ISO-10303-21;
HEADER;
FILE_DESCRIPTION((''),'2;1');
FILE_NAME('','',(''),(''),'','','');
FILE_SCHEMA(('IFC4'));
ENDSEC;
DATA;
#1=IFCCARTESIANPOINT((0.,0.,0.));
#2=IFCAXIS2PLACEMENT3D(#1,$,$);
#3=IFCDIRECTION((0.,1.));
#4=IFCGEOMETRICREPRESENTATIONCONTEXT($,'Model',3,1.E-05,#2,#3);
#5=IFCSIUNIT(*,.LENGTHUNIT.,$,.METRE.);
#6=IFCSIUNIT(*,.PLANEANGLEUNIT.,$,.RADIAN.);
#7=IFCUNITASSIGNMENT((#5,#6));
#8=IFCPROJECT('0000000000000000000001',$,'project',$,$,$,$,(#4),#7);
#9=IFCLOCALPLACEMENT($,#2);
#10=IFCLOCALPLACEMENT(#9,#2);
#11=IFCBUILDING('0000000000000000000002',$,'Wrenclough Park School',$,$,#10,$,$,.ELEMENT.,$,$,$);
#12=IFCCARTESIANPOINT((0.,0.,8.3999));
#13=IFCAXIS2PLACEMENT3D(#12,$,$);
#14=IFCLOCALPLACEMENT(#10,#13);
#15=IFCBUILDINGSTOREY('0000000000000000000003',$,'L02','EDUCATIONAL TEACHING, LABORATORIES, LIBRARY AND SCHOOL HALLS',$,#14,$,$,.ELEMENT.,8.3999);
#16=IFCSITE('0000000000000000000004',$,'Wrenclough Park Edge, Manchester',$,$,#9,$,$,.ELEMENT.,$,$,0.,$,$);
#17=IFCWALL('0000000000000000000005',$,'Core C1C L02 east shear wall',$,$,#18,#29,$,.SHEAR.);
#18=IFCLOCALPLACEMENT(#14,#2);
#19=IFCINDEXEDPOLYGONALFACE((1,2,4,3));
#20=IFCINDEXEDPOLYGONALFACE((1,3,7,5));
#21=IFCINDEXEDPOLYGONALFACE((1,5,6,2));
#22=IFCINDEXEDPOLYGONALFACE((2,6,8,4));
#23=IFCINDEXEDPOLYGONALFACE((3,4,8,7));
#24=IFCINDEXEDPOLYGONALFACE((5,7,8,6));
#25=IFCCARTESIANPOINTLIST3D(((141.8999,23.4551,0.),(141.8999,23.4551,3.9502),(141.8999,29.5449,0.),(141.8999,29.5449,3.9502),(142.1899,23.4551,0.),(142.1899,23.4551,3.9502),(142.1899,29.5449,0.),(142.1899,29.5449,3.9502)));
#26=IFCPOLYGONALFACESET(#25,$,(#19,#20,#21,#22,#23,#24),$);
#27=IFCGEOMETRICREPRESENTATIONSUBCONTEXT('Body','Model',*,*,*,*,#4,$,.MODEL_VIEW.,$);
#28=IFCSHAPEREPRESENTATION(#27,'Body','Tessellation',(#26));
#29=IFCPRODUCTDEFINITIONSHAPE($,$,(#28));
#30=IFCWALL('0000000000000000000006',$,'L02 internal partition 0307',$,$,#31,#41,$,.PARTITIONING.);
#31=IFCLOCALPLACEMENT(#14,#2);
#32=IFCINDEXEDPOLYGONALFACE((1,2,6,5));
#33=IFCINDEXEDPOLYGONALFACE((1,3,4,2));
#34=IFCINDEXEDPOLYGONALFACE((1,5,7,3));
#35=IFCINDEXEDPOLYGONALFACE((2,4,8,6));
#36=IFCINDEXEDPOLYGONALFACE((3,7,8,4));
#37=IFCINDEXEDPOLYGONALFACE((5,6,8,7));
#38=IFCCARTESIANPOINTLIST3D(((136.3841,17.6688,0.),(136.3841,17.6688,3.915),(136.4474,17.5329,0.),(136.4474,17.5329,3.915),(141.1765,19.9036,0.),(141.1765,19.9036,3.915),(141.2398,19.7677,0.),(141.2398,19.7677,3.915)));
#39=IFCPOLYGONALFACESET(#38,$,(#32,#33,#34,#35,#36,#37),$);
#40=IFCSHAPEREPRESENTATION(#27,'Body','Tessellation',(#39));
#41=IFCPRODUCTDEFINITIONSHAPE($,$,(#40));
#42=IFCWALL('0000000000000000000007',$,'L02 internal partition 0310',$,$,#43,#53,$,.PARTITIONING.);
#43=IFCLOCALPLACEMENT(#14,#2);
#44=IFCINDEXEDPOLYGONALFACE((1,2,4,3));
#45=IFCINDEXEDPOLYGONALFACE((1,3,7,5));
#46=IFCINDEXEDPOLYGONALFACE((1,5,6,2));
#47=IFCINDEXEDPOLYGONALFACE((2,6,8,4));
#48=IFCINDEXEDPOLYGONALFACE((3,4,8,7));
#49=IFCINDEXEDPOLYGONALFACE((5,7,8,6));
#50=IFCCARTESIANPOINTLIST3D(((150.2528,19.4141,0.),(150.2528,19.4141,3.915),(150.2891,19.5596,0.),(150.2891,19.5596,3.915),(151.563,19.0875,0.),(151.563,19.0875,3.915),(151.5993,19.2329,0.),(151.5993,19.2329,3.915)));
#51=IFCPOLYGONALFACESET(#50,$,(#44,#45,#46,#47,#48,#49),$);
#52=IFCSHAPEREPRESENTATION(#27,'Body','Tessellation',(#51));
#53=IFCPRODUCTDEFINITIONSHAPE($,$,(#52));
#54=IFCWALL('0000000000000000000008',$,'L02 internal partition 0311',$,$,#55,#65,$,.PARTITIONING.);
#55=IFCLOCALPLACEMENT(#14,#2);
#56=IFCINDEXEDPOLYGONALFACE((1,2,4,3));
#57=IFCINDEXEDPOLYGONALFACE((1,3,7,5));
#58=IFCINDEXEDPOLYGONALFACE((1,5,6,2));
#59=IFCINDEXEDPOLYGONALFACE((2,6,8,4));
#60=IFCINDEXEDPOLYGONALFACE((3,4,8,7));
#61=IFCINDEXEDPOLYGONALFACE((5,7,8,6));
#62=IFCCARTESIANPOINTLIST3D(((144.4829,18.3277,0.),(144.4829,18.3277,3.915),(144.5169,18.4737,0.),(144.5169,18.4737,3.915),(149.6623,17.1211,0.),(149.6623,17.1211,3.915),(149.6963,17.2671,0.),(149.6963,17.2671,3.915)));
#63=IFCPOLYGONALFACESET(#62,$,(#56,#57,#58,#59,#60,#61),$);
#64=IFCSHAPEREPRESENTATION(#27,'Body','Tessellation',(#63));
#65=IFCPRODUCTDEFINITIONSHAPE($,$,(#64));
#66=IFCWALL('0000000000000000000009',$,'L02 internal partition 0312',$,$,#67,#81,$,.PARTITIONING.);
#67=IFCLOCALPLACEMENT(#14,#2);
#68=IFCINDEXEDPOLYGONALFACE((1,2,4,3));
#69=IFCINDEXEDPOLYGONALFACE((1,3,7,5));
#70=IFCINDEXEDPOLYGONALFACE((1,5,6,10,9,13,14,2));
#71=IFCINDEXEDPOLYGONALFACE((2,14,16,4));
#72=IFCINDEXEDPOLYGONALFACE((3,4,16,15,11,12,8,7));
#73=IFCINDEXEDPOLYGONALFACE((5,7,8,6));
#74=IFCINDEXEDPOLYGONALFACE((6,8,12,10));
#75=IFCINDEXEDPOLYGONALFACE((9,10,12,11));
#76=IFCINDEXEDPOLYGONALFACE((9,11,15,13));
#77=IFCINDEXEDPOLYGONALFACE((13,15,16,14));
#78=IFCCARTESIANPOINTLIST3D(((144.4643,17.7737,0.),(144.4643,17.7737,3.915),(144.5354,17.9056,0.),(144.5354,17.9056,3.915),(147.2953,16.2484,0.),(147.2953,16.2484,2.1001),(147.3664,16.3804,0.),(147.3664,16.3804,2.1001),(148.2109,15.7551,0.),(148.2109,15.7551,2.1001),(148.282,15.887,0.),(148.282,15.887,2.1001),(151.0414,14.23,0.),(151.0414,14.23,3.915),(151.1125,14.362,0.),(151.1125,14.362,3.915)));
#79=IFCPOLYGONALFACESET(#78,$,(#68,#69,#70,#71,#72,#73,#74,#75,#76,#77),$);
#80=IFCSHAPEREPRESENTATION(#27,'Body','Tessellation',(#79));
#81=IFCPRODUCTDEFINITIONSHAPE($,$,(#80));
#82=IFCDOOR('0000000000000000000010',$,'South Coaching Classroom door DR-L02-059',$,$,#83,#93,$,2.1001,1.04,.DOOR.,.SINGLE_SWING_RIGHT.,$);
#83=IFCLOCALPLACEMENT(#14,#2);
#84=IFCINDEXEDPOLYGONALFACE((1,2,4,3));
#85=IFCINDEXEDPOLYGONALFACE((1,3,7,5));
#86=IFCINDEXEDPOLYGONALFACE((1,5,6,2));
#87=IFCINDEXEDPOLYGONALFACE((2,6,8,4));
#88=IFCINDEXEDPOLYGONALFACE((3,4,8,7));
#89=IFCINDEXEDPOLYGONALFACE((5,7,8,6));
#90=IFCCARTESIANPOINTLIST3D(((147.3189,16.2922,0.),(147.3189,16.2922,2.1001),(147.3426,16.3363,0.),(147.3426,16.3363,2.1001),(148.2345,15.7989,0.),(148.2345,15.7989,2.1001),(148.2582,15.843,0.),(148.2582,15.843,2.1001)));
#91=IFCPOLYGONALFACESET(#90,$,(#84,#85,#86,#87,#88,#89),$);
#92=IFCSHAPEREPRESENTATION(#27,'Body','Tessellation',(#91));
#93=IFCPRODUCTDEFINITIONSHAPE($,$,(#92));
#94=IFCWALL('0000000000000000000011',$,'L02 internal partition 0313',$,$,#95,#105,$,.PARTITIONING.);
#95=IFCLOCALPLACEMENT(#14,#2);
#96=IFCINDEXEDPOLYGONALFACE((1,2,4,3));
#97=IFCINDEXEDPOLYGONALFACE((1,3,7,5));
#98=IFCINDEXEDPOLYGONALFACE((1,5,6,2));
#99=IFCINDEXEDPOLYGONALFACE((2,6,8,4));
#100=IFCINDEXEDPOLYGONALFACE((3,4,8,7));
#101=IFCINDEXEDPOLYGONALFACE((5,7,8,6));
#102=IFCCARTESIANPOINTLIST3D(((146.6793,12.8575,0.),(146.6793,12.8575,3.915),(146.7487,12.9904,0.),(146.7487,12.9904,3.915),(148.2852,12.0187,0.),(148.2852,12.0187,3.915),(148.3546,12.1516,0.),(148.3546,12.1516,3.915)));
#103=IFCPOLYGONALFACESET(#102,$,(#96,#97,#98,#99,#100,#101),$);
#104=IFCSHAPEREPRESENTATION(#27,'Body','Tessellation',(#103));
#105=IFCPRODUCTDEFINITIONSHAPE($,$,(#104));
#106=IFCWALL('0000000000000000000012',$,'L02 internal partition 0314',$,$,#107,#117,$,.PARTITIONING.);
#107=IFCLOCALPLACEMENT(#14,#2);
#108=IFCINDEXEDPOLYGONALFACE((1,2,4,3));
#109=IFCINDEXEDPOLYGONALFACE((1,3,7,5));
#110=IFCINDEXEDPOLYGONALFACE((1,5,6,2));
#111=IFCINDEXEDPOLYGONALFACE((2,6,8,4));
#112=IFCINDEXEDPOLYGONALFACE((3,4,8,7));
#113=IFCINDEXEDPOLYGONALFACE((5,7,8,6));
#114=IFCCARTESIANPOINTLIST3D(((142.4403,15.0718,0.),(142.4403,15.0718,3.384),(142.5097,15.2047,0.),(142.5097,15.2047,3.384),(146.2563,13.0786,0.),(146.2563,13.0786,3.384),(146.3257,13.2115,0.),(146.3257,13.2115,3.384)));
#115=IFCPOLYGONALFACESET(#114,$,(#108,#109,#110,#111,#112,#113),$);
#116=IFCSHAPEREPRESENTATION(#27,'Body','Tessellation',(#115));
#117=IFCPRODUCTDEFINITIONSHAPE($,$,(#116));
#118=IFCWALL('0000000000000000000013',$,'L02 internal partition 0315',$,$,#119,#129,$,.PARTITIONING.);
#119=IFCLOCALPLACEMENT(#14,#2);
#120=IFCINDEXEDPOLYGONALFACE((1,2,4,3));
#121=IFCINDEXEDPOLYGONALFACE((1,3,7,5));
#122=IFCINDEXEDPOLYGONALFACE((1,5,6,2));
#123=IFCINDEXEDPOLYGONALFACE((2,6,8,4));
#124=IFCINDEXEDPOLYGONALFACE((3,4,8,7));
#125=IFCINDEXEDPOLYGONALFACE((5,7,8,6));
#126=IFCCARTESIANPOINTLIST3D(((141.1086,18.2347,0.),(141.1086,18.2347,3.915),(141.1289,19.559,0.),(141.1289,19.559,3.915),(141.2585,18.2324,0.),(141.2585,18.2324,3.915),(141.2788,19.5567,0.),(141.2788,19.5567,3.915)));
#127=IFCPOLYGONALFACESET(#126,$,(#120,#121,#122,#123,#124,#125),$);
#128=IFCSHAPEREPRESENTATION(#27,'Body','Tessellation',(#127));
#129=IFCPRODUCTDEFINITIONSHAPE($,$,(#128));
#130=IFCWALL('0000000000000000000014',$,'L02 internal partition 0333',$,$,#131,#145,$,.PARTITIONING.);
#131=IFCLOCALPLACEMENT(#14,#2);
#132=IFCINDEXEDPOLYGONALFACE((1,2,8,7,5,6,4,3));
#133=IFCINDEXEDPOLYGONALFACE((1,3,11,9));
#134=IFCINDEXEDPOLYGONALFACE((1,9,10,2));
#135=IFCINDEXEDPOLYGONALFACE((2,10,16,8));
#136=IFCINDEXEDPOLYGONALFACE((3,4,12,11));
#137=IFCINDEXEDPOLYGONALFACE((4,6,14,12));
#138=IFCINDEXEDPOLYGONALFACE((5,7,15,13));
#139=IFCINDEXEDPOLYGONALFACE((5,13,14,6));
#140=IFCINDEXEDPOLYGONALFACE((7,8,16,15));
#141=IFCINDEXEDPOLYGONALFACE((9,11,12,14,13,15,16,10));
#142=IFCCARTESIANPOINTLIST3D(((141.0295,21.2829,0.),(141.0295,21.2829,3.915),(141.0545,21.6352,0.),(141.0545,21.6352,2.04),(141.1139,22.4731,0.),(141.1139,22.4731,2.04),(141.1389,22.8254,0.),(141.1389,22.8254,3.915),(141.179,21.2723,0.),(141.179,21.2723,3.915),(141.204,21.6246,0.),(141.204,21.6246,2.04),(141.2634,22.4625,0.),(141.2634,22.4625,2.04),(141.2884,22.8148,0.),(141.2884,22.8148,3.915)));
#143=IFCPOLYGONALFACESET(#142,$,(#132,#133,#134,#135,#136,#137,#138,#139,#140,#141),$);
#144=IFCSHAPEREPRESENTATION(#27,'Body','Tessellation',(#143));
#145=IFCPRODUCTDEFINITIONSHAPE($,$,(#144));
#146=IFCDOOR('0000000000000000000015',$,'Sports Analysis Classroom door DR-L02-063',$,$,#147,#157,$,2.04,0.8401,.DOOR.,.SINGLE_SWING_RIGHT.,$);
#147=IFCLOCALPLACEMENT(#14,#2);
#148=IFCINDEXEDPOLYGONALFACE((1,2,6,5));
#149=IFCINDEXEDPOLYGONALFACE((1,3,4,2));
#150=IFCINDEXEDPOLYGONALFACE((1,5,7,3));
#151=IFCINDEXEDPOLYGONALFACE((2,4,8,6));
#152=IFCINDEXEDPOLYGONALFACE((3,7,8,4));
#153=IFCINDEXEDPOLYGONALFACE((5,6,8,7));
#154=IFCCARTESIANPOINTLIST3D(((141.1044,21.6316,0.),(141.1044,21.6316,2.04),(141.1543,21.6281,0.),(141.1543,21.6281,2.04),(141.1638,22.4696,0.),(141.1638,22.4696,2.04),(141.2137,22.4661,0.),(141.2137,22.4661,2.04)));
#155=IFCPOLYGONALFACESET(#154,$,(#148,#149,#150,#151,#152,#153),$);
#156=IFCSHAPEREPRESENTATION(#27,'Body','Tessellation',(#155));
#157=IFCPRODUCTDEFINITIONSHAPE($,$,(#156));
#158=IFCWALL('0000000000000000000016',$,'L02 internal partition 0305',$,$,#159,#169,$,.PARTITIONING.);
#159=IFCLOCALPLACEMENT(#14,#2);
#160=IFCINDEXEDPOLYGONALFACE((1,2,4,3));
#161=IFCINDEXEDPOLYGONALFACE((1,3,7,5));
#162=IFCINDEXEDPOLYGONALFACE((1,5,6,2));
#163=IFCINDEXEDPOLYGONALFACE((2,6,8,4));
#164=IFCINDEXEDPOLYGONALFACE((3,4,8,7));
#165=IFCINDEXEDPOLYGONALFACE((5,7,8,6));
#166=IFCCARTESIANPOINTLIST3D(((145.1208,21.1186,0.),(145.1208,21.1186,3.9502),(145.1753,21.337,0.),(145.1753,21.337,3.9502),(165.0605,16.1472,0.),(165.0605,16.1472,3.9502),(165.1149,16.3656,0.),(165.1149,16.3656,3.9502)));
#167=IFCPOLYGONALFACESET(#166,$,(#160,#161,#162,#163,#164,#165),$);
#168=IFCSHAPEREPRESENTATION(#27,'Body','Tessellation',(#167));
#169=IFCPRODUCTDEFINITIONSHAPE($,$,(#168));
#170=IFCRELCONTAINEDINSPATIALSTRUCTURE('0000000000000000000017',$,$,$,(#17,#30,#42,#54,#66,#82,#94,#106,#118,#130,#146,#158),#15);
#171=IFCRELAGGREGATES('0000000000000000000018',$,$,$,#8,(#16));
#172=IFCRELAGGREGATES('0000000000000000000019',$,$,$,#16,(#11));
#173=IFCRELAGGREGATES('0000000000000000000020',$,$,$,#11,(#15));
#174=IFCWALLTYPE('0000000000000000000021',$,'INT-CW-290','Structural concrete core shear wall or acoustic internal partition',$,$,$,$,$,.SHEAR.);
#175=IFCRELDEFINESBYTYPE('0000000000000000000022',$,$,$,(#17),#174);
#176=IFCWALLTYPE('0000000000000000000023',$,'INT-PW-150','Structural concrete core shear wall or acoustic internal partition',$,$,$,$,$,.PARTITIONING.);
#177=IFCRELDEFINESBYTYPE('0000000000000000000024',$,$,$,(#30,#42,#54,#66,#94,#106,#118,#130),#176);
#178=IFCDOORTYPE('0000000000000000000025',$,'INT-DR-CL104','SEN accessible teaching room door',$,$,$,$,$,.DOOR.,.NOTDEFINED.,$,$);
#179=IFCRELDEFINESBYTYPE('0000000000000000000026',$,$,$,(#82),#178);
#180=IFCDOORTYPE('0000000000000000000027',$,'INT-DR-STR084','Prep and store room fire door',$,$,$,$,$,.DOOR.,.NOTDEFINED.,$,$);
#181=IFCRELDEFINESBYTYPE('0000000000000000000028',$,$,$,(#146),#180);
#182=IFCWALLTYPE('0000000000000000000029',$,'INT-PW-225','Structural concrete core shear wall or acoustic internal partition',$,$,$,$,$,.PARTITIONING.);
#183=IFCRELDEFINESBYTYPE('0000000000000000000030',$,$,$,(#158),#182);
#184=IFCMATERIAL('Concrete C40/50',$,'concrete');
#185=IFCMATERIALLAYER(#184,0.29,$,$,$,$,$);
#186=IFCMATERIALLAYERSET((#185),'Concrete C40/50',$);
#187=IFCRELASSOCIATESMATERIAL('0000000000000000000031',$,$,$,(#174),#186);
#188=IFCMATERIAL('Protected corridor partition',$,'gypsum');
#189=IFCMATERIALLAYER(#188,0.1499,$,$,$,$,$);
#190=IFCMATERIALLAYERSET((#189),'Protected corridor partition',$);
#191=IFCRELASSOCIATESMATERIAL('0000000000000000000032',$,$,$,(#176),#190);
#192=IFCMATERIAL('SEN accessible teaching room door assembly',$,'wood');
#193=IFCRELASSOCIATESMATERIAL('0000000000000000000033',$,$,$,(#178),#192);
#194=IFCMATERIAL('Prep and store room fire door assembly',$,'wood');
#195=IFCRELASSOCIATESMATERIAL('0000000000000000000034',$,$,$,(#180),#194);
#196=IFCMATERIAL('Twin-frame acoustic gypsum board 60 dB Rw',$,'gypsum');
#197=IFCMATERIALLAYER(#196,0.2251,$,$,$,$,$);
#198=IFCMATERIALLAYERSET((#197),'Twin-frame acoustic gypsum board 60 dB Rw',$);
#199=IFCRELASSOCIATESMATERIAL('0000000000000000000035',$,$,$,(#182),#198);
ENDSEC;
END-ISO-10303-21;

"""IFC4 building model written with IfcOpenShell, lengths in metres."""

from ifc_helpers import new_model, si_unit, direction, frame, frame_2d, origin, place, context, subcontext, project, spatial, rectangle, extrude, material, layer, layer_set, type_object, element, fill, save


model = new_model("IFC4")

# Units and contexts
model_context = context("Model", 3, precision=1e-05, world=origin(), true_north=direction((0.0, 1.0)))
body_context = subcontext(model_context, "Body", "Model", "MODEL_VIEW")
ifc_project = project(units=[si_unit("LENGTHUNIT", "METRE"), si_unit("PLANEANGLEUNIT", "RADIAN")], contexts=[model_context])

# Site, building, storey
site_placement = place(None, origin())
site = spatial("IfcSite", under=ifc_project, at=site_placement, Name="Wrenclough Park Edge, Manchester", CompositionType="ELEMENT", RefElevation=0.0)
building_placement = place(site_placement, origin())
building = spatial("IfcBuilding", under=site, at=building_placement, Name="Wrenclough Park School", CompositionType="ELEMENT")
storey_placement = place(building_placement, frame((0.0, 0.0, 8.3999)))
storey = spatial("IfcBuildingStorey", under=building, at=storey_placement, Name="L02", Description="EDUCATIONAL TEACHING, LABORATORIES, LIBRARY AND SCHOOL HALLS", CompositionType="ELEMENT", Elevation=8.3999)

# Walls
ifc_material_1 = material(Name="Concrete C40/50", Category="concrete")
ifc_layer_1 = layer(ifc_material_1, 0.29)
ifc_layer_set_1 = layer_set([ifc_layer_1], Name="Concrete C40/50")
wall_type_1 = type_object("IfcWallType", Name="INT-CW-290", Description="Structural concrete core shear wall or acoustic internal partition", PredefinedType="SHEAR", material=ifc_layer_set_1)
wall_1_placement = place(storey_placement, frame((142.0449, 23.4551, 0.0), z_axis=(0.0, 0.0, 1.0), x_axis=(0.0, 1.0, 0.0)))
element("IfcWall", 1, at=wall_1_placement, inside=storey, type_object=wall_type_1, Name="Core C1C L02 east shear wall", PredefinedType="SHEAR", context=body_context, shape_type="SweptSolid", body=[
    extrude(rectangle(XDim=6.0898, YDim=0.29, at=frame_2d((3.0449, 0.0))), origin(), (0.0, 0.0, 1.0), 3.9502),
])
ifc_material_2 = material(Name="Protected corridor partition", Category="gypsum")
ifc_layer_2 = layer(ifc_material_2, 0.1499)
ifc_layer_set_2 = layer_set([ifc_layer_2], Name="Protected corridor partition")
wall_type_2 = type_object("IfcWallType", Name="INT-PW-150", Description="Structural concrete core shear wall or acoustic internal partition", PredefinedType="PARTITIONING", material=ifc_layer_set_2)
wall_2_placement = place(storey_placement, frame((141.2083, 19.8357, 0.0), z_axis=(0.0, 0.0, 1.0), x_axis=(-0.906301, -0.422633, 0.0)))
element("IfcWall", 2, at=wall_2_placement, inside=storey, type_object=wall_type_2, Name="L02 internal partition 0307", PredefinedType="PARTITIONING", context=body_context, shape_type="SweptSolid", body=[
    extrude(rectangle(XDim=5.2878, YDim=0.1499, at=frame_2d((2.644, 0.0))), origin(), (0.0, 0.0, 1.0), 3.915),
])
wall_3_placement = place(storey_placement, frame((151.5813, 19.1602, 0.0), z_axis=(0.0, 0.0, 1.0), x_axis=(-0.970302, 0.241897, 0.0)))
element("IfcWall", 3, at=wall_3_placement, inside=storey, type_object=wall_type_2, Name="L02 internal partition 0310", PredefinedType="PARTITIONING", context=body_context, shape_type="SweptSolid", body=[
    extrude(rectangle(XDim=1.3503, YDim=0.1499, at=frame_2d((0.6753, 0.0))), origin(), (0.0, 0.0, 1.0), 3.915),
])
wall_4_placement = place(storey_placement, frame((149.6794, 17.1941, 0.0), z_axis=(0.0, 0.0, 1.0), x_axis=(-0.973924, 0.226874, 0.0)))
element("IfcWall", 4, at=wall_4_placement, inside=storey, type_object=wall_type_2, Name="L02 internal partition 0311", PredefinedType="PARTITIONING", context=body_context, shape_type="SweptSolid", body=[
    extrude(rectangle(XDim=5.3181, YDim=0.1499, at=frame_2d((2.6592, 0.0))), origin(), (0.0, 0.0, 1.0), 3.915),
])

# Wall, opening, door
wall_5_placement = place(storey_placement, frame((144.5, 17.8396, 0.0), z_axis=(0.0, 0.0, 1.0), x_axis=(0.88035, -0.474324, 0.0)))
wall_5 = element("IfcWall", 5, at=wall_5_placement, inside=storey, type_object=wall_type_2, Name="L02 internal partition 0312", PredefinedType="PARTITIONING", context=body_context, shape_type="SweptSolid", body=[
    extrude(rectangle(XDim=7.4709, YDim=0.1499, at=frame_2d((3.7354, 0.0))), origin(), (0.0, 0.0, 1.0), 3.915),
])
opening_1_placement = place(wall_5_placement, frame((3.2156, 0.0, 0.0)))
opening_1 = element("IfcOpeningElement", 6, at=opening_1_placement, cuts=wall_5, PredefinedType="OPENING", context=body_context, shape_type="SweptSolid", body=[
    extrude(rectangle(XDim=1.04, YDim=2.1001, at=frame_2d((0.52, 1.05))), frame((0.0, 0.085, 0.0), z_axis=(0.0, -1.0, 0.0), x_axis=(1.0, 0.0, 0.0)), (0.0, 0.0, 1.0), 0.1699),
])
ifc_material_3 = material(Name="SEN accessible teaching room door assembly", Category="wood")
door_type_1 = type_object("IfcDoorType", Name="INT-DR-CL104", Description="SEN accessible teaching room door", OperationType="NOTDEFINED", PredefinedType="DOOR", material=ifc_material_3)
door_1_placement = place(opening_1_placement, origin())
door_1 = element("IfcDoor", 7, at=door_1_placement, inside=storey, type_object=door_type_1, Name="South Coaching Classroom door DR-L02-059", OperationType="SINGLE_SWING_RIGHT", OverallHeight=2.1001, OverallWidth=1.04, PredefinedType="DOOR", context=body_context, shape_type="SweptSolid", body=[
    extrude(rectangle(XDim=1.04, YDim=2.1001, at=frame_2d((0.52, 1.05))), frame((0.0, 0.0249, 0.0), z_axis=(0.0, -1.0, 0.0), x_axis=(1.0, 0.0, 0.0)), (0.0, 0.0, 1.0), 0.05),
])
fill(opening_1, door_1)

# Walls
wall_6_placement = place(storey_placement, frame((148.3198, 12.0852, 0.0), z_axis=(0.0, 0.0, 1.0), x_axis=(-0.886364, 0.46299, 0.0)))
element("IfcWall", 8, at=wall_6_placement, inside=storey, type_object=wall_type_2, Name="L02 internal partition 0313", PredefinedType="PARTITIONING", context=body_context, shape_type="SweptSolid", body=[
    extrude(rectangle(XDim=1.8118, YDim=0.1499, at=frame_2d((0.9058, 0.0))), origin(), (0.0, 0.0, 1.0), 3.915),
])
wall_7_placement = place(storey_placement, frame((146.291, 13.145, 0.0), z_axis=(0.0, 0.0, 1.0), x_axis=(-0.88637, 0.462977, 0.0)))
element("IfcWall", 9, at=wall_7_placement, inside=storey, type_object=wall_type_2, Name="L02 internal partition 0314", PredefinedType="PARTITIONING", context=body_context, shape_type="SweptSolid", body=[
    extrude(rectangle(XDim=4.3052, YDim=0.1499, at=frame_2d((2.1526, 0.0))), origin(), (0.0, 0.0, 1.0), 3.384),
])
wall_8_placement = place(storey_placement, frame((141.1836, 18.2336, 0.0), z_axis=(0.0, 0.0, 1.0), x_axis=(0.015301, 0.999883, 0.0)))
element("IfcWall", 10, at=wall_8_placement, inside=storey, type_object=wall_type_2, Name="L02 internal partition 0315", PredefinedType="PARTITIONING", context=body_context, shape_type="SweptSolid", body=[
    extrude(rectangle(XDim=1.3245, YDim=0.1499, at=frame_2d((0.6621, 0.0))), origin(), (0.0, 0.0, 1.0), 3.915),
])

# Wall, opening, door
wall_9_placement = place(storey_placement, frame((141.1042, 21.2776, 0.0), z_axis=(0.0, 0.0, 1.0), x_axis=(0.070731, 0.997495, 0.0)))
wall_9 = element("IfcWall", 11, at=wall_9_placement, inside=storey, type_object=wall_type_2, Name="L02 internal partition 0333", PredefinedType="PARTITIONING", context=body_context, shape_type="SweptSolid", body=[
    extrude(rectangle(XDim=1.5464, YDim=0.1499, at=frame_2d((0.7732, 0.0))), origin(), (0.0, 0.0, 1.0), 3.915),
])
opening_2_placement = place(wall_9_placement, frame((0.3533, 0.0, 0.0)))
opening_2 = element("IfcOpeningElement", 12, at=opening_2_placement, cuts=wall_9, PredefinedType="OPENING", context=body_context, shape_type="SweptSolid", body=[
    extrude(rectangle(XDim=0.8401, YDim=2.04, at=frame_2d((0.4199, 1.02))), frame((0.0, 0.085, 0.0), z_axis=(0.0, -1.0, 0.0), x_axis=(1.0, 0.0, 0.0)), (0.0, 0.0, 1.0), 0.1699),
])
ifc_material_4 = material(Name="Prep and store room fire door assembly", Category="wood")
door_type_2 = type_object("IfcDoorType", Name="INT-DR-STR084", Description="Prep and store room fire door", OperationType="NOTDEFINED", PredefinedType="DOOR", material=ifc_material_4)
door_2_placement = place(opening_2_placement, origin())
door_2 = element("IfcDoor", 13, at=door_2_placement, inside=storey, type_object=door_type_2, Name="Sports Analysis Classroom door DR-L02-063", OperationType="SINGLE_SWING_RIGHT", OverallHeight=2.04, OverallWidth=0.8401, PredefinedType="DOOR", context=body_context, shape_type="SweptSolid", body=[
    extrude(rectangle(XDim=0.8401, YDim=2.04, at=frame_2d((0.4199, 1.02))), frame((0.0, 0.0249, 0.0), z_axis=(0.0, -1.0, 0.0), x_axis=(1.0, 0.0, 0.0)), (0.0, 0.0, 1.0), 0.05),
])
fill(opening_2, door_2)

# Wall
ifc_material_5 = material(Name="Twin-frame acoustic gypsum board 60 dB Rw", Category="gypsum")
ifc_layer_3 = layer(ifc_material_5, 0.2251)
ifc_layer_set_3 = layer_set([ifc_layer_3], Name="Twin-frame acoustic gypsum board 60 dB Rw")
wall_type_3 = type_object("IfcWallType", Name="INT-PW-225", Description="Structural concrete core shear wall or acoustic internal partition", PredefinedType="PARTITIONING", material=ifc_layer_set_3)
wall_10_placement = place(storey_placement, frame((145.1482, 21.2278, 0.0), z_axis=(0.0, 0.0, 1.0), x_axis=(0.970297, -0.241918, 0.0)))
element("IfcWall", 14, at=wall_10_placement, inside=storey, type_object=wall_type_3, Name="L02 internal partition 0305", PredefinedType="PARTITIONING", context=body_context, shape_type="SweptSolid", body=[
    extrude(rectangle(XDim=20.55, YDim=0.2251, at=frame_2d((10.2749, 0.0))), origin(), (0.0, 0.0, 1.0), 3.9502),
])

save(model, "model.ifc")
